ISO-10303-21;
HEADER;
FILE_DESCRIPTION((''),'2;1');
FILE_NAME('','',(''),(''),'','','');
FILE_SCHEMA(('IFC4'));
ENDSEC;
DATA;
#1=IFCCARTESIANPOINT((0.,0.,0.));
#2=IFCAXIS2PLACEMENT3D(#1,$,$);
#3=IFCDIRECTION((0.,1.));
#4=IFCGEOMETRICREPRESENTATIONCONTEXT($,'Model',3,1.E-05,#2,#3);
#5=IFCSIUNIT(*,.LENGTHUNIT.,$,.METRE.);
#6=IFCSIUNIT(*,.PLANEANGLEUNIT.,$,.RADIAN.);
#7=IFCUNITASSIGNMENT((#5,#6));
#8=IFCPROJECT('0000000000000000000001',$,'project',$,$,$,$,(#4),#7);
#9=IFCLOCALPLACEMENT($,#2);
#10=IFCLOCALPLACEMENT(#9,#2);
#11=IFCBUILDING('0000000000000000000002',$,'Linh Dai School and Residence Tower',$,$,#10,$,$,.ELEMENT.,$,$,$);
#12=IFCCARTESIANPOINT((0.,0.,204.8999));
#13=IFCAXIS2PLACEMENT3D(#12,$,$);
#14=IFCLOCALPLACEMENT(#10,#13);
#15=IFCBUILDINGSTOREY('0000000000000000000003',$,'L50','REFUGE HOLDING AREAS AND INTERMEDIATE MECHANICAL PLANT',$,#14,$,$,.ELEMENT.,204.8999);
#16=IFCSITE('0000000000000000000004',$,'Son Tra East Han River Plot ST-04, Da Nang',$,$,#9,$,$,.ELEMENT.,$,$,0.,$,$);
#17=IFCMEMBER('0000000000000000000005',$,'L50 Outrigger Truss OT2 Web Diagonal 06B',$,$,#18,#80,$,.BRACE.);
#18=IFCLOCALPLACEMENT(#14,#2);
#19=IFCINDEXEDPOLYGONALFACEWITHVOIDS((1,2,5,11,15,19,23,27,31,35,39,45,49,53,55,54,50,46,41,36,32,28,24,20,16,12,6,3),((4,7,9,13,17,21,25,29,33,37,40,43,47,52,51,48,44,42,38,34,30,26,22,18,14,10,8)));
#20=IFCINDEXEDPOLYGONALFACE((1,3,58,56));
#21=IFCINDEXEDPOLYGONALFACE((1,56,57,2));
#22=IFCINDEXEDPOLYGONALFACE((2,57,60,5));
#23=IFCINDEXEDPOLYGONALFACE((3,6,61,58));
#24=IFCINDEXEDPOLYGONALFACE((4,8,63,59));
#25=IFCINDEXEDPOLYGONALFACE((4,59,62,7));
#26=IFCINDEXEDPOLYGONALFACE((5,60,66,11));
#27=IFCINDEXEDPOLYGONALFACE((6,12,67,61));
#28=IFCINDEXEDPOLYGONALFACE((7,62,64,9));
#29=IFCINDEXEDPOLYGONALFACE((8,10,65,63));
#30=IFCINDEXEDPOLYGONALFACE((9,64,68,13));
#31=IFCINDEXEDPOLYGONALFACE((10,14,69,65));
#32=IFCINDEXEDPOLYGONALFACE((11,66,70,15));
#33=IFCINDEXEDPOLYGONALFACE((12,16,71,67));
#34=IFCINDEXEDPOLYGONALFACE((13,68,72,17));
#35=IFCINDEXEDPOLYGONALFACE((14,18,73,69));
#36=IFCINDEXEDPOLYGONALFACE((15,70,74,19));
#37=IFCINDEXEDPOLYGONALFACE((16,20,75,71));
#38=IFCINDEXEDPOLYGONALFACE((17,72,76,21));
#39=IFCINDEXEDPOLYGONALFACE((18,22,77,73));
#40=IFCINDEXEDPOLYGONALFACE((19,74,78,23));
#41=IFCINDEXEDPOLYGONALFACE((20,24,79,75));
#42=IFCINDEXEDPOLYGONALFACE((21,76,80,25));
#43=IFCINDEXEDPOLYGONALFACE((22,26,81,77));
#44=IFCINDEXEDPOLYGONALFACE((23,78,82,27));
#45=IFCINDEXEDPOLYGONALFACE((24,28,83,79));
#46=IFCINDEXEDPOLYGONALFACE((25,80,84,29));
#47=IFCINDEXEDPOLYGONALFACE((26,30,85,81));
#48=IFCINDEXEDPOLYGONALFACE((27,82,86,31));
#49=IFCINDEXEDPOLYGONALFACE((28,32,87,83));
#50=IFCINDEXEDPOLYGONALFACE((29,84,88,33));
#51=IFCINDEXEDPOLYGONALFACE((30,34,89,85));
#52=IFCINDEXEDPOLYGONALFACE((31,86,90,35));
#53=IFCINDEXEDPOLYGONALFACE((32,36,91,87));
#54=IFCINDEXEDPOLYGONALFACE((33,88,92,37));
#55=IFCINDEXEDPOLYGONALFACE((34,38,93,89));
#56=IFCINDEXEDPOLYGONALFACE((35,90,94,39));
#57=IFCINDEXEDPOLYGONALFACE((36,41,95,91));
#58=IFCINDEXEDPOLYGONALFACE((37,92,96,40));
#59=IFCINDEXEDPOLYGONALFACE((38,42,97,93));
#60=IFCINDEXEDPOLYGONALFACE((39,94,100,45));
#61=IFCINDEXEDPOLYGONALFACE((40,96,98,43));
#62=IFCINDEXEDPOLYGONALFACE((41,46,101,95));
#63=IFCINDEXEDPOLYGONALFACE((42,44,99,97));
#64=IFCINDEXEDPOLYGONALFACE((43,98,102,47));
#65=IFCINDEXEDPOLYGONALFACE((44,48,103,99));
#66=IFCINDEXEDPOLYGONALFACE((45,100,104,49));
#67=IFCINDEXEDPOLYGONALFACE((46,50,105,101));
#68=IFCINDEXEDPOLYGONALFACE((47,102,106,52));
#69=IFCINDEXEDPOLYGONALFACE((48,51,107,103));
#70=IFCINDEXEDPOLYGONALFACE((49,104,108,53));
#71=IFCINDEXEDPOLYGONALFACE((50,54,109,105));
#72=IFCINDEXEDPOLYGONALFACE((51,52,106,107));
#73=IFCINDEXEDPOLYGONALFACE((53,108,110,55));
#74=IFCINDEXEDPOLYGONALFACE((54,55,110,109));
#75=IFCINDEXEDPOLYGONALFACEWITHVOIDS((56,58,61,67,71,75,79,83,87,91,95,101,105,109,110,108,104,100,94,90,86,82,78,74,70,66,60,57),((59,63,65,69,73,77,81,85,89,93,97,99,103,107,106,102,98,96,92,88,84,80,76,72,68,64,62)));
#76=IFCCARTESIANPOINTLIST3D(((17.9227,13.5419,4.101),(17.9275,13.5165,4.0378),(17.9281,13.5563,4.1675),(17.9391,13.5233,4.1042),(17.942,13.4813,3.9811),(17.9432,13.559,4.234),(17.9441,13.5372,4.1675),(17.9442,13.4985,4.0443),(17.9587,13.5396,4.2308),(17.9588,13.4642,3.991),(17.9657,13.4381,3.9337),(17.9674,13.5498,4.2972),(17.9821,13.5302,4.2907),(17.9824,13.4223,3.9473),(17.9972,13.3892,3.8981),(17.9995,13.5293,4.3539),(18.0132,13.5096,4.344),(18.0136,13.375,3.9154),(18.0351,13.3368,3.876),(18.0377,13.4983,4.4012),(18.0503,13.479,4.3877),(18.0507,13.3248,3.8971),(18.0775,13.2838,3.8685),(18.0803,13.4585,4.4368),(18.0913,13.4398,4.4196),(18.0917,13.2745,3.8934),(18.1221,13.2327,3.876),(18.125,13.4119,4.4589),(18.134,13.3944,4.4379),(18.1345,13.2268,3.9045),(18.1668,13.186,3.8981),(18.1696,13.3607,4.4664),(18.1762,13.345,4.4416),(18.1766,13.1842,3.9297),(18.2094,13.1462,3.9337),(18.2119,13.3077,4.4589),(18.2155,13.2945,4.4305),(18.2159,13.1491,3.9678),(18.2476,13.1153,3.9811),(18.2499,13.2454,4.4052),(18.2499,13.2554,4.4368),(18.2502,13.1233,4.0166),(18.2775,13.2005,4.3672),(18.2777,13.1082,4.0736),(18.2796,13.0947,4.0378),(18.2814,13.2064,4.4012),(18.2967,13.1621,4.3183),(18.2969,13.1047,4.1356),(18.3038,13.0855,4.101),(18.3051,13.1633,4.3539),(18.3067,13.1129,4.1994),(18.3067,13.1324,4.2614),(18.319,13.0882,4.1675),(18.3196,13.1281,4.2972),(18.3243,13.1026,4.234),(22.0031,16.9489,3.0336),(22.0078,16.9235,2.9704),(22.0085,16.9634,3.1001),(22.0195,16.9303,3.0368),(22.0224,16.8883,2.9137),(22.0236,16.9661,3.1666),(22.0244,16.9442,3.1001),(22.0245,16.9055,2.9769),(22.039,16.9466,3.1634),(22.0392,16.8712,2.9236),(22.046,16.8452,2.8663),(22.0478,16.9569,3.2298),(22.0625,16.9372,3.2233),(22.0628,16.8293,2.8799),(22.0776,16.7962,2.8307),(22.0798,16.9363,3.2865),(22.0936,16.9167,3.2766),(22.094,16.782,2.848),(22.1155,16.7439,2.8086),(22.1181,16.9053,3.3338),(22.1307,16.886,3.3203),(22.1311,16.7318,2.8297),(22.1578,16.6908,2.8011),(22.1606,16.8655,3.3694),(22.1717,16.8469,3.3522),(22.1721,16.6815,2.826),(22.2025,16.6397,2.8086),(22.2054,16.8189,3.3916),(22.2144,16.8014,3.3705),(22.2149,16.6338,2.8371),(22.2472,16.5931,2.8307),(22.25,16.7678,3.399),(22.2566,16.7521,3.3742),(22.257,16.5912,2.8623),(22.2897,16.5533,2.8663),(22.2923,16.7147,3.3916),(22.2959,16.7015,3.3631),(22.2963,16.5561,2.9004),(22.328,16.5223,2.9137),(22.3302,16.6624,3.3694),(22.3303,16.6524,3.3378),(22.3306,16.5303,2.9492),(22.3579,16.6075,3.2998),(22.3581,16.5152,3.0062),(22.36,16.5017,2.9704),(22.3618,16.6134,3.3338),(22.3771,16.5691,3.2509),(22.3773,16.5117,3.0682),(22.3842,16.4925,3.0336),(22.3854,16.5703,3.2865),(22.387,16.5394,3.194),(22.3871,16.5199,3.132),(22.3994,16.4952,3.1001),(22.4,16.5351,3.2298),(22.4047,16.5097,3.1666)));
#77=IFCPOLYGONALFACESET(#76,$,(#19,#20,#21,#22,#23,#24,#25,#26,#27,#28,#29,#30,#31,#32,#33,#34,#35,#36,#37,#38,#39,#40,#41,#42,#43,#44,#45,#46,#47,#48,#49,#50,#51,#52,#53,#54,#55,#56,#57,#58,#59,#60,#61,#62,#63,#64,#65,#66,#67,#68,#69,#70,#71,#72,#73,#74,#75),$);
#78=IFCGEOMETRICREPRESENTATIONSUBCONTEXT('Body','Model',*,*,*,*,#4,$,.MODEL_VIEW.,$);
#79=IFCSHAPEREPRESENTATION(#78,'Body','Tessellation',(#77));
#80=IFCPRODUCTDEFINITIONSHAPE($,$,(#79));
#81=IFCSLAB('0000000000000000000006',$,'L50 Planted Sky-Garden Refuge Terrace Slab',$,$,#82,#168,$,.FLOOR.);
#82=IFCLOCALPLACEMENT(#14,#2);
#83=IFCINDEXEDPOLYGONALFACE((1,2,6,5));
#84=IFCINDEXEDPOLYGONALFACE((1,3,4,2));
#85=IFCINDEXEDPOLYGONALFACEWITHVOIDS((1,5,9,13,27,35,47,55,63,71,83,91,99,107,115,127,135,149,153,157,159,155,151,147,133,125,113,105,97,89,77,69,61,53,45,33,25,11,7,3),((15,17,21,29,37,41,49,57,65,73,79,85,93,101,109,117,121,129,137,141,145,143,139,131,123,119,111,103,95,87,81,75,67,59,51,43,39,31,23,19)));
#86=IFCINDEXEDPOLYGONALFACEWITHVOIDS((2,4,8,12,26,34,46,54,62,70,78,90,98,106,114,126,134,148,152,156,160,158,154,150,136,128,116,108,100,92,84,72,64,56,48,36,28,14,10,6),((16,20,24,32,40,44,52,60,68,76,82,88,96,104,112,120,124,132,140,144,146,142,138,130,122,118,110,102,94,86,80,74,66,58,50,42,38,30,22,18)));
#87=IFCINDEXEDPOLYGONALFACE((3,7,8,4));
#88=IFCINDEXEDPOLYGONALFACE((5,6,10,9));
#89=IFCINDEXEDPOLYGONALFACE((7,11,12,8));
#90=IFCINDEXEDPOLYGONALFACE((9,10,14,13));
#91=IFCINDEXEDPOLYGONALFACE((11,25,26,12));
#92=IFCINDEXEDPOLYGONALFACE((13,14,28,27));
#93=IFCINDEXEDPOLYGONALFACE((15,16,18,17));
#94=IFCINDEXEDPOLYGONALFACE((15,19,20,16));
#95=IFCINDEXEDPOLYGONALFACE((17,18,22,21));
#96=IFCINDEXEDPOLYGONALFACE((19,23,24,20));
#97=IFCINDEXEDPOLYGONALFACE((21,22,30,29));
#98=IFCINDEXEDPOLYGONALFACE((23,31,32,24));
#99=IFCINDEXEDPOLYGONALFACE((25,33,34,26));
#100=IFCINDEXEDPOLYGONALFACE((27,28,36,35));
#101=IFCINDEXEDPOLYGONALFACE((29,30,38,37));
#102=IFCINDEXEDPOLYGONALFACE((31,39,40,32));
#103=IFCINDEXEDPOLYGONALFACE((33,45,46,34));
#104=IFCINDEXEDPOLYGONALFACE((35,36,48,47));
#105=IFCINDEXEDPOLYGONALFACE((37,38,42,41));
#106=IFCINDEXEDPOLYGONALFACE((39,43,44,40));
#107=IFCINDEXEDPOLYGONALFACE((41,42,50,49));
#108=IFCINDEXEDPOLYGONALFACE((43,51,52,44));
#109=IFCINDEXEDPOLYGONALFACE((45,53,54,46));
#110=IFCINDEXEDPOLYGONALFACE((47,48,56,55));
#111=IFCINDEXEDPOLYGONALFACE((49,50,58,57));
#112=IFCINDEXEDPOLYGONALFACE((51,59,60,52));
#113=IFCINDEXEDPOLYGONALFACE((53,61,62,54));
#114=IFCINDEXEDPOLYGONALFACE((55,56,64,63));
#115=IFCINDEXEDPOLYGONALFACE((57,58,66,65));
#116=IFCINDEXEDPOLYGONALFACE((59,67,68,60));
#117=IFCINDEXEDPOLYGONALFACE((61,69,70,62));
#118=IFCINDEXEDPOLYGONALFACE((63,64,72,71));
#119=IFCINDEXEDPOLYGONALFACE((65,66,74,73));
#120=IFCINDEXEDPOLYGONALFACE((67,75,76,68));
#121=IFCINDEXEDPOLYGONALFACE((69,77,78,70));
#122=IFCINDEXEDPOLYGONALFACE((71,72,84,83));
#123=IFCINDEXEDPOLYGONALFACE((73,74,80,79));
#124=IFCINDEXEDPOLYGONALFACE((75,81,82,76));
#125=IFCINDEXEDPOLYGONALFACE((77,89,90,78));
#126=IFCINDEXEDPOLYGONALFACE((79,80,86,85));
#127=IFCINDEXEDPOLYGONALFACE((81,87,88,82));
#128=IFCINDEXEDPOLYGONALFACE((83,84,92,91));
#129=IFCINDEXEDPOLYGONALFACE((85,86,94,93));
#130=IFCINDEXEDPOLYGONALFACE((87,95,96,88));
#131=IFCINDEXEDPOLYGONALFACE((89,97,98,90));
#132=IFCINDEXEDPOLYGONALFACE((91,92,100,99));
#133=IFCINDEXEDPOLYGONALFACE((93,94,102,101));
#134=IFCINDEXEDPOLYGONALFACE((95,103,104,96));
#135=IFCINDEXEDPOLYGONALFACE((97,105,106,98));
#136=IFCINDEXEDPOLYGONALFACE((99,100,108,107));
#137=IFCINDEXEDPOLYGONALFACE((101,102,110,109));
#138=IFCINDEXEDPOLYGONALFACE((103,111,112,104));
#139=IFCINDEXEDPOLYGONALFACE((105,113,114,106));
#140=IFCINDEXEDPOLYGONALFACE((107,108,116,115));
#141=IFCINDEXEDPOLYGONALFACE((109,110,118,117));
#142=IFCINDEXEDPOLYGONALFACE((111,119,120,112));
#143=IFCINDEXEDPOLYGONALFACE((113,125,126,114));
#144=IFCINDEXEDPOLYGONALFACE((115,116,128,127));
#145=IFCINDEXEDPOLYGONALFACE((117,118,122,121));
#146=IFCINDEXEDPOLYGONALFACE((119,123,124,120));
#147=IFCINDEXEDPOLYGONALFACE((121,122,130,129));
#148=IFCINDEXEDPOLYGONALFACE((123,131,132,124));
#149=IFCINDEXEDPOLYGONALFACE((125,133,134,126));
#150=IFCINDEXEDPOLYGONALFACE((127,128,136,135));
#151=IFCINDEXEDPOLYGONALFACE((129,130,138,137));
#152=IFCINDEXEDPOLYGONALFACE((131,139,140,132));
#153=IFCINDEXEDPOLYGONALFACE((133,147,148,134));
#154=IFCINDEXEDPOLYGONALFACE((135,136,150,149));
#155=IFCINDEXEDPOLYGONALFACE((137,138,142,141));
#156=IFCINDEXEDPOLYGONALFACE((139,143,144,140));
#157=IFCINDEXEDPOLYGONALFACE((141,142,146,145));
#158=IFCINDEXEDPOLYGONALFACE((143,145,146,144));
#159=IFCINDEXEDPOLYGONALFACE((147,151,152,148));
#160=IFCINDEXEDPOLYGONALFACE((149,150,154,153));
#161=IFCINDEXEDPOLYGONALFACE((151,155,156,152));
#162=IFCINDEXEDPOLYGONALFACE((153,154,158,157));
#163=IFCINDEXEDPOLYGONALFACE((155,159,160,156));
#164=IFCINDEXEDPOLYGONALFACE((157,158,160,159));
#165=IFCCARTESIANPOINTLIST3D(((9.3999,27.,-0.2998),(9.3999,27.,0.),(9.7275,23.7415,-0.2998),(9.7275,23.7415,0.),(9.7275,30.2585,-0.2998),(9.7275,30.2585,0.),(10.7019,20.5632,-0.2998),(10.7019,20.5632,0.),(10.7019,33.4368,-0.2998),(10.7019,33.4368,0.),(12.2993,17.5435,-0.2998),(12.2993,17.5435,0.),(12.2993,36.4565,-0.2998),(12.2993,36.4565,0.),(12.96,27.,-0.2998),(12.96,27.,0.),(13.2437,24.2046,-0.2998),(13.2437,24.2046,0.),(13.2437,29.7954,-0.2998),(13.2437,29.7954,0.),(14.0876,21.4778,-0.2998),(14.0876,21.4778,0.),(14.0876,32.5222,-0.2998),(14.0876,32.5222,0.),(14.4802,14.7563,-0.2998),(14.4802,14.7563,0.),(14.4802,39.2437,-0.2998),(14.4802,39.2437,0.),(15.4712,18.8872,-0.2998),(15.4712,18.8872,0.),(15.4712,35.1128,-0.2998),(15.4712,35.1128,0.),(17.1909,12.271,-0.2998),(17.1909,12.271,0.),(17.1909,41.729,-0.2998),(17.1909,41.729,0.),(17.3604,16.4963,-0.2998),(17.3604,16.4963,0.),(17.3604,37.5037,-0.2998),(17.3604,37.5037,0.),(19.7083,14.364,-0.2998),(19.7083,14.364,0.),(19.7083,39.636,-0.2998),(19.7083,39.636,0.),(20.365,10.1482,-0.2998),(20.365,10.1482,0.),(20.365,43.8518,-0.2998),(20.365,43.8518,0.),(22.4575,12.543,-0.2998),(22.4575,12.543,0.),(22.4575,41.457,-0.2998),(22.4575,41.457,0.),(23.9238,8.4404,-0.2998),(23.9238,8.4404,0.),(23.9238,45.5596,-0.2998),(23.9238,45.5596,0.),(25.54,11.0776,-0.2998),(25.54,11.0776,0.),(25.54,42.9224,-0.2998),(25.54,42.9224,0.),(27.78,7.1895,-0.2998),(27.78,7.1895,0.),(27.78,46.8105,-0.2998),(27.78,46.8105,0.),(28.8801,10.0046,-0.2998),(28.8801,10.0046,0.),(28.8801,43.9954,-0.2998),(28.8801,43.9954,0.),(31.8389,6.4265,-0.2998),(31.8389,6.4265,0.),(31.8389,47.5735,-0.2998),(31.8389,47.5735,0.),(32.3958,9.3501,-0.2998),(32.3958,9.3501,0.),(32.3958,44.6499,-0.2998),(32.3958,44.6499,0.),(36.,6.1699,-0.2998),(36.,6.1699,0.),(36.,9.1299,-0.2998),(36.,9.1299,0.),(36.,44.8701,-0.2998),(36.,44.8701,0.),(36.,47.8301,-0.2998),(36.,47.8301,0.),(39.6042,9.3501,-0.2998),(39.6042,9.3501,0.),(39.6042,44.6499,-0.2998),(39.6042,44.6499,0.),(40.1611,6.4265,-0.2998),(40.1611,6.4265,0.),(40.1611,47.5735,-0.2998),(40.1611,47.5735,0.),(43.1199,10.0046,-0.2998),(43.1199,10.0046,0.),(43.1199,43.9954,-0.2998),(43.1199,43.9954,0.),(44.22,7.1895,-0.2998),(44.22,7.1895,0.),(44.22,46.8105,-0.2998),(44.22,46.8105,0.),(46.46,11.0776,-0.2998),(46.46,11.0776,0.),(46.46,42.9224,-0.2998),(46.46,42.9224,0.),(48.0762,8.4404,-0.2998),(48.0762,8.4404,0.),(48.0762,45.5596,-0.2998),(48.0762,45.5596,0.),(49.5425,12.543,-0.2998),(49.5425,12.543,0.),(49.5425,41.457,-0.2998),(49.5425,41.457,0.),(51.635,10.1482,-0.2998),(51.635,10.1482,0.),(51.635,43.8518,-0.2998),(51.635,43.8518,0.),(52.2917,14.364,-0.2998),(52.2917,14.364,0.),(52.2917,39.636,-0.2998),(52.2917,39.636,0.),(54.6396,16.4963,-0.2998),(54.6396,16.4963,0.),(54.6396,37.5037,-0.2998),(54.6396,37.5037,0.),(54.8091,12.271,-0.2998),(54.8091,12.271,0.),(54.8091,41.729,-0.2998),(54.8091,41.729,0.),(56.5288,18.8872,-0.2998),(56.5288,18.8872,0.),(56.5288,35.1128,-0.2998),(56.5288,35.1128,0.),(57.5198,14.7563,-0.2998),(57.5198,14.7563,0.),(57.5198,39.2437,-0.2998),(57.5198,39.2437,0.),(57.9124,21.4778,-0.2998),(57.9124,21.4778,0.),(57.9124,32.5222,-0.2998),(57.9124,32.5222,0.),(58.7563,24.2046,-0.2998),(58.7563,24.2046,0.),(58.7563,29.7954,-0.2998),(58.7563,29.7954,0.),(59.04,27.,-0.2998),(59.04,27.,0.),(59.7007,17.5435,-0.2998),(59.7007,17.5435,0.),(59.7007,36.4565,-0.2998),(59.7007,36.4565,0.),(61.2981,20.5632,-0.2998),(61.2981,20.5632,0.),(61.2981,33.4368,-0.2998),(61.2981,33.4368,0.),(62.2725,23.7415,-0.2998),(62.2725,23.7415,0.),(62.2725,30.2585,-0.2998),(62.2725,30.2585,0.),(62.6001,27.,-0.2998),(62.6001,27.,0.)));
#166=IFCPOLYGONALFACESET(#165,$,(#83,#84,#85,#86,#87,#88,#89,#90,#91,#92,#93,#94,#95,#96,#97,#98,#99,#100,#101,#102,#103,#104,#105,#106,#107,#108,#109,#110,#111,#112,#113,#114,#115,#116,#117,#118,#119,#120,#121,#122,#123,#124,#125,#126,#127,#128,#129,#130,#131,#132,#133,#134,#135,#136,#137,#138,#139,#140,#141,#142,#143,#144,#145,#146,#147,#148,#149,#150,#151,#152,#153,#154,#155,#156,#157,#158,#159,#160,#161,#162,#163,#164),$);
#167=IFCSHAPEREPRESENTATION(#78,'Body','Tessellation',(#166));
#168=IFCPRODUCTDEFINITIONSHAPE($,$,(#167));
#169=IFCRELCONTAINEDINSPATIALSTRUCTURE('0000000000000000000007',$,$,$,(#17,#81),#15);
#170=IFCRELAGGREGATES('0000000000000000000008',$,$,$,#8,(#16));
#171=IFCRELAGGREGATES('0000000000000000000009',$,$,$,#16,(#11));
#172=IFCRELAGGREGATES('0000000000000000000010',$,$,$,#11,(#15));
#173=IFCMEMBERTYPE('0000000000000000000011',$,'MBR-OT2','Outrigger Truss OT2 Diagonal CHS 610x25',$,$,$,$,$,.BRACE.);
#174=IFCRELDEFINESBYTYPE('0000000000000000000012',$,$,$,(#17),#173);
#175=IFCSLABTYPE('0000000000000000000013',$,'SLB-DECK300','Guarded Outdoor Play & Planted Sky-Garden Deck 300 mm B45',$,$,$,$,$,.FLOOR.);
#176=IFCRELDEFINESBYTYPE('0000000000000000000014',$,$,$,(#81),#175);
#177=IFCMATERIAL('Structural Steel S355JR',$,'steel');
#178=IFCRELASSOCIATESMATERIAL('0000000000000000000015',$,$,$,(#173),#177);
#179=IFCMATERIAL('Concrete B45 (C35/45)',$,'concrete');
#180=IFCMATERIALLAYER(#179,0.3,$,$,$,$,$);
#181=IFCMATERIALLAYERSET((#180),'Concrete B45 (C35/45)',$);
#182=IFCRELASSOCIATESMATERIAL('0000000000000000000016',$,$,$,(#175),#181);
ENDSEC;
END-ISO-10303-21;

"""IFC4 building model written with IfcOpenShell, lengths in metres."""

from ifc_helpers import new_model, si_unit, direction, frame, origin, origin_2d, place, context, subcontext, project, spatial, polyline, hollow_circle, outline, extrude, material, layer, layer_set, material_profile, profile_set, type_object, element, save


model = new_model("IFC4")

# Units and contexts
model_context = context("Model", 3, precision=1e-05, world=origin(), true_north=direction((0.0, 1.0)))
body_context = subcontext(model_context, "Body", "Model", "MODEL_VIEW")
ifc_project = project(units=[si_unit("LENGTHUNIT", "METRE"), si_unit("PLANEANGLEUNIT", "RADIAN")], contexts=[model_context])

# Site, building, storey
site_placement = place(None, origin())
site = spatial("IfcSite", under=ifc_project, at=site_placement, Name="Son Tra East Han River Plot ST-04, Da Nang", CompositionType="ELEMENT", RefElevation=0.0)
building_placement = place(site_placement, origin())
building = spatial("IfcBuilding", under=site, at=building_placement, Name="Linh Dai School and Residence Tower", CompositionType="ELEMENT")
storey_placement = place(building_placement, frame((0.0, 0.0, 204.8999)))
storey = spatial("IfcBuildingStorey", under=building, at=storey_placement, Name="L50", Description="REFUGE HOLDING AREAS AND INTERMEDIATE MECHANICAL PLANT", CompositionType="ELEMENT", Elevation=204.8999)

# Shared definitions
ifc_material_1 = material(Name="Structural Steel S355JR", Category="steel")

# Member
ifc_material_profile_1 = material_profile(ifc_material_1, hollow_circle(Radius=0.3049, WallThickness=0.0249, at=origin_2d()), Name="CHS 610x25")
ifc_profile_set_1 = profile_set([ifc_material_profile_1], Name="Structural Steel S355JR")
member_type_1 = type_object("IfcMemberType", Name="MBR-OT2", Description="Outrigger Truss OT2 Diagonal CHS 610x25", PredefinedType="BRACE", material=ifc_profile_set_1)
member_1_placement = place(storey_placement, frame((18.1235, 13.3223, 4.1675), z_axis=(0.752578, 0.628386, -0.196869), x_axis=(-0.640929, 0.7676, 0.0)))
element("IfcMember", 1, at=member_1_placement, inside=storey, type_object=member_type_1, Name="L50 Outrigger Truss OT2 Web Diagonal 06B", PredefinedType="BRACE", context=body_context, shape_type="SweptSolid", body=[
    extrude(hollow_circle(Radius=0.3049, WallThickness=0.0249, at=origin_2d()), origin(), (0.0, 0.0, 1.0), 5.4219),
])

# Slab
ifc_material_2 = material(Name="Concrete B45 (C35/45)", Category="concrete")
ifc_layer_1 = layer(ifc_material_2, 0.3)
ifc_layer_set_1 = layer_set([ifc_layer_1], Name="Concrete B45 (C35/45)")
slab_type_1 = type_object("IfcSlabType", Name="SLB-DECK300", Description="Guarded Outdoor Play & Planted Sky-Garden Deck 300 mm B45", PredefinedType="FLOOR", material=ifc_layer_set_1)
slab_1_placement = place(storey_placement, frame((0.0, 0.0, -0.2998)))
element("IfcSlab", 2, at=slab_1_placement, inside=storey, type_object=slab_type_1, Name="L50 Planted Sky-Garden Refuge Terrace Slab", PredefinedType="FLOOR", context=body_context, shape_type="SweptSolid", body=[
    extrude(outline(polyline([(62.6001, 27.0), (62.2725, 30.2585), (61.2981, 33.4368), (59.7007, 36.4565), (57.5198, 39.2437), (54.8091, 41.729), (51.635, 43.8518), (48.0762, 45.5596), (44.22, 46.8105), (40.1611, 47.5735), (36.0, 47.8301), (31.8389, 47.5735), (27.78, 46.8105), (23.9238, 45.5596), (20.365, 43.8518), (17.1909, 41.729), (14.4802, 39.2437), (12.2993, 36.4565), (10.7019, 33.4368), (9.7275, 30.2585), (9.3999, 27.0), (9.7275, 23.7415), (10.7019, 20.5632), (12.2993, 17.5435), (14.4802, 14.7563), (17.1909, 12.271), (20.365, 10.1482), (23.9238, 8.4404), (27.78, 7.1895), (31.8389, 6.4265), (36.0, 6.1699), (40.1611, 6.4265), (44.22, 7.1895), (48.0762, 8.4404), (51.635, 10.1482), (54.8091, 12.271), (57.5198, 14.7563), (59.7007, 17.5435), (61.2981, 20.5632), (62.2725, 23.7415), (62.6001, 27.0)]), holes=[polyline([(59.04, 27.0), (58.7563, 29.7954), (57.9124, 32.5222), (56.5288, 35.1128), (54.6396, 37.5037), (52.2917, 39.636), (49.5425, 41.457), (46.46, 42.9224), (43.1199, 43.9954), (39.6042, 44.6499), (36.0, 44.8701), (32.3958, 44.6499), (28.8801, 43.9954), (25.54, 42.9224), (22.4575, 41.457), (19.7083, 39.636), (17.3604, 37.5037), (15.4712, 35.1128), (14.0876, 32.5222), (13.2437, 29.7954), (12.96, 27.0), (13.2437, 24.2046), (14.0876, 21.4778), (15.4712, 18.8872), (17.3604, 16.4963), (19.7083, 14.364), (22.4575, 12.543), (25.54, 11.0776), (28.8801, 10.0046), (32.3958, 9.3501), (36.0, 9.1299), (39.6042, 9.3501), (43.1199, 10.0046), (46.46, 11.0776), (49.5425, 12.543), (52.2917, 14.364), (54.6396, 16.4963), (56.5288, 18.8872), (57.9124, 21.4778), (58.7563, 24.2046), (59.04, 27.0)])]), origin(), (0.0, 0.0, 1.0), 0.2998),
])

save(model, "model.ifc")
